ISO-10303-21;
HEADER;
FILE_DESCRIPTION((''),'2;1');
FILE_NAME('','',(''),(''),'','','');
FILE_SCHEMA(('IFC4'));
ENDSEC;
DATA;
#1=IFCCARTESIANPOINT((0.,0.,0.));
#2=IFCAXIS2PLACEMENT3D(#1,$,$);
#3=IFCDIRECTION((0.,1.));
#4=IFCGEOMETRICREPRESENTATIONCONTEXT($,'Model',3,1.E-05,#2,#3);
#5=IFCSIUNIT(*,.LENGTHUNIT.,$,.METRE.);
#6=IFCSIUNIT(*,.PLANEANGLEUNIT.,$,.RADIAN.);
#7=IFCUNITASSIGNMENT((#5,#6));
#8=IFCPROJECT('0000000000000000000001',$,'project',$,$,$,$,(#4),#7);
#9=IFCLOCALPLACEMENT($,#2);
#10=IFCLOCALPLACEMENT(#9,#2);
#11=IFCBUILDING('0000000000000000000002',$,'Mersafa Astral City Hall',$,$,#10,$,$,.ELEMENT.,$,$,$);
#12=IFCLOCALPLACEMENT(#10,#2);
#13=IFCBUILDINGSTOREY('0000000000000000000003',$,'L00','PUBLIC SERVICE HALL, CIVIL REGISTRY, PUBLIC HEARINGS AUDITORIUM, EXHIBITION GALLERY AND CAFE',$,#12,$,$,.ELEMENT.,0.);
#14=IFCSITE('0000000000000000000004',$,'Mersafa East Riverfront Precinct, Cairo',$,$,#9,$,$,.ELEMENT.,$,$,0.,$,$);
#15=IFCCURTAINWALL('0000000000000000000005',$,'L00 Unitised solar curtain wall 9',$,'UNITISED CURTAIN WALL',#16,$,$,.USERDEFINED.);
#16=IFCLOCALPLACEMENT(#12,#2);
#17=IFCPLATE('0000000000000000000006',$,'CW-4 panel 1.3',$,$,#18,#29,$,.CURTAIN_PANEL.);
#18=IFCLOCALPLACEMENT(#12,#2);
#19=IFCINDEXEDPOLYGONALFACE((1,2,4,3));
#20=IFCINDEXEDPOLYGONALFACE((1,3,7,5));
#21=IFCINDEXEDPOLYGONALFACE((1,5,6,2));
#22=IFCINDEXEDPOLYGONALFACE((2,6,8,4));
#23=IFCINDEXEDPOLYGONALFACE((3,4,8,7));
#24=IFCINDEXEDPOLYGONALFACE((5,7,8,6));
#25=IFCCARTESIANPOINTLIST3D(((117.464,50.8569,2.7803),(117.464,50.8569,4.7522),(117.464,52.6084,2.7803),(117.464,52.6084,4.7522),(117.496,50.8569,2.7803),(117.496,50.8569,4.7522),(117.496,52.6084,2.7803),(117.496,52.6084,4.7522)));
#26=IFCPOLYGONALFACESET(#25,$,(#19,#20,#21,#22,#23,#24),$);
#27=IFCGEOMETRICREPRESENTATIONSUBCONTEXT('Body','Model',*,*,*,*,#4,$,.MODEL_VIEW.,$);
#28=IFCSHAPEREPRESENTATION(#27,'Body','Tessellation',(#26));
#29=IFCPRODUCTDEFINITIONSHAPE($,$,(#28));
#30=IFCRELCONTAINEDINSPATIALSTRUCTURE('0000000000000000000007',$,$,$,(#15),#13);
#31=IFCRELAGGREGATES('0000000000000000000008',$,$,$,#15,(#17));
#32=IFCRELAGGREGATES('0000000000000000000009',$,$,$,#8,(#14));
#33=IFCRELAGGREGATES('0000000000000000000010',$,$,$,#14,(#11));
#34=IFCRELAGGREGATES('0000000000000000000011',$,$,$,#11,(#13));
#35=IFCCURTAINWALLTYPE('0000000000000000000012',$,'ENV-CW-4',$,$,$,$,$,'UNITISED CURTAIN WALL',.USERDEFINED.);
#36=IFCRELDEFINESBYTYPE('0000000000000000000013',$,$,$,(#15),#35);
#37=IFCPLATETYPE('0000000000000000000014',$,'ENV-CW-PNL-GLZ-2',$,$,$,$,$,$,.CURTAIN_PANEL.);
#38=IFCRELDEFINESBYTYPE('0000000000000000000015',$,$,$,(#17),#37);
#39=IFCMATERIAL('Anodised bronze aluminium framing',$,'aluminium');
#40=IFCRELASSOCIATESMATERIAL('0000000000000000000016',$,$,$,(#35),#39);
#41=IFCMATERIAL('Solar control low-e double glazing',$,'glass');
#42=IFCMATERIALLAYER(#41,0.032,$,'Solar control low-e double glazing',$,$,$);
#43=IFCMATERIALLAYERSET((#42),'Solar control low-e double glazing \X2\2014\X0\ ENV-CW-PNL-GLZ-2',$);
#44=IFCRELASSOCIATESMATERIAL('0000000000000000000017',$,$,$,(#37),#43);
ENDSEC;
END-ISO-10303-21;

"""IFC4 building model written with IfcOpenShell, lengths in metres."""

from ifc_helpers import new_model, si_unit, direction, frame, origin, origin_2d, place, context, subcontext, project, spatial, rectangle, extrude, material, layer, layer_set, type_object, element, aggregate, save


model = new_model("IFC4")

# Units and contexts
model_context = context("Model", 3, precision=1e-05, world=origin(), true_north=direction((0.0, 1.0)))
body_context = subcontext(model_context, "Body", "Model", "MODEL_VIEW")
ifc_project = project(units=[si_unit("LENGTHUNIT", "METRE"), si_unit("PLANEANGLEUNIT", "RADIAN")], contexts=[model_context])

# Site, building, storey
site_placement = place(None, origin())
site = spatial("IfcSite", under=ifc_project, at=site_placement, Name="Mersafa East Riverfront Precinct, Cairo", CompositionType="ELEMENT", RefElevation=0.0)
building_placement = place(site_placement, origin())
building = spatial("IfcBuilding", under=site, at=building_placement, Name="Mersafa Astral City Hall", CompositionType="ELEMENT")
storey_placement = place(building_placement, origin())
storey = spatial("IfcBuildingStorey", under=building, at=storey_placement, Name="L00", Description="PUBLIC SERVICE HALL, CIVIL REGISTRY, PUBLIC HEARINGS AUDITORIUM, EXHIBITION GALLERY AND CAFE", CompositionType="ELEMENT", Elevation=0.0)

# Curtain wall
ifc_material_1 = material(Name="Anodised bronze aluminium framing", Category="aluminium")
curtain_wall_type_1 = type_object("IfcCurtainWallType", Name="ENV-CW-4", ElementType="UNITISED CURTAIN WALL", PredefinedType="USERDEFINED", material=ifc_material_1)
curtain_wall_1_placement = place(storey_placement, origin())
curtain_wall_1 = element("IfcCurtainWall", 1, at=curtain_wall_1_placement, inside=storey, type_object=curtain_wall_type_1, Name="L00 Unitised solar curtain wall 9", ObjectType="UNITISED CURTAIN WALL", PredefinedType="USERDEFINED")

# Plate
ifc_material_2 = material(Name="Solar control low-e double glazing", Category="glass")
ifc_layer_1 = layer(ifc_material_2, 0.032, Name="Solar control low-e double glazing")
ifc_layer_set_1 = layer_set([ifc_layer_1], Name="Solar control low-e double glazing — ENV-CW-PNL-GLZ-2")
plate_type_1 = type_object("IfcPlateType", Name="ENV-CW-PNL-GLZ-2", PredefinedType="CURTAIN_PANEL", material=ifc_layer_set_1)
plate_1_placement = place(storey_placement, frame((117.48, 51.7327, 2.7803), z_axis=(0.0, 0.0, 1.0), x_axis=(0.0, 1.0, 0.0)))
plate_1 = element("IfcPlate", 2, at=plate_1_placement, type_object=plate_type_1, Name="CW-4 panel 1.3", PredefinedType="CURTAIN_PANEL", context=body_context, shape_type="SweptSolid", body=[
    extrude(rectangle(XDim=1.7515, YDim=0.032, at=origin_2d()), origin(), (0.0, 0.0, 1.0), 1.9719),
])
aggregate(curtain_wall_1, [plate_1])

save(model, "model.ifc")
